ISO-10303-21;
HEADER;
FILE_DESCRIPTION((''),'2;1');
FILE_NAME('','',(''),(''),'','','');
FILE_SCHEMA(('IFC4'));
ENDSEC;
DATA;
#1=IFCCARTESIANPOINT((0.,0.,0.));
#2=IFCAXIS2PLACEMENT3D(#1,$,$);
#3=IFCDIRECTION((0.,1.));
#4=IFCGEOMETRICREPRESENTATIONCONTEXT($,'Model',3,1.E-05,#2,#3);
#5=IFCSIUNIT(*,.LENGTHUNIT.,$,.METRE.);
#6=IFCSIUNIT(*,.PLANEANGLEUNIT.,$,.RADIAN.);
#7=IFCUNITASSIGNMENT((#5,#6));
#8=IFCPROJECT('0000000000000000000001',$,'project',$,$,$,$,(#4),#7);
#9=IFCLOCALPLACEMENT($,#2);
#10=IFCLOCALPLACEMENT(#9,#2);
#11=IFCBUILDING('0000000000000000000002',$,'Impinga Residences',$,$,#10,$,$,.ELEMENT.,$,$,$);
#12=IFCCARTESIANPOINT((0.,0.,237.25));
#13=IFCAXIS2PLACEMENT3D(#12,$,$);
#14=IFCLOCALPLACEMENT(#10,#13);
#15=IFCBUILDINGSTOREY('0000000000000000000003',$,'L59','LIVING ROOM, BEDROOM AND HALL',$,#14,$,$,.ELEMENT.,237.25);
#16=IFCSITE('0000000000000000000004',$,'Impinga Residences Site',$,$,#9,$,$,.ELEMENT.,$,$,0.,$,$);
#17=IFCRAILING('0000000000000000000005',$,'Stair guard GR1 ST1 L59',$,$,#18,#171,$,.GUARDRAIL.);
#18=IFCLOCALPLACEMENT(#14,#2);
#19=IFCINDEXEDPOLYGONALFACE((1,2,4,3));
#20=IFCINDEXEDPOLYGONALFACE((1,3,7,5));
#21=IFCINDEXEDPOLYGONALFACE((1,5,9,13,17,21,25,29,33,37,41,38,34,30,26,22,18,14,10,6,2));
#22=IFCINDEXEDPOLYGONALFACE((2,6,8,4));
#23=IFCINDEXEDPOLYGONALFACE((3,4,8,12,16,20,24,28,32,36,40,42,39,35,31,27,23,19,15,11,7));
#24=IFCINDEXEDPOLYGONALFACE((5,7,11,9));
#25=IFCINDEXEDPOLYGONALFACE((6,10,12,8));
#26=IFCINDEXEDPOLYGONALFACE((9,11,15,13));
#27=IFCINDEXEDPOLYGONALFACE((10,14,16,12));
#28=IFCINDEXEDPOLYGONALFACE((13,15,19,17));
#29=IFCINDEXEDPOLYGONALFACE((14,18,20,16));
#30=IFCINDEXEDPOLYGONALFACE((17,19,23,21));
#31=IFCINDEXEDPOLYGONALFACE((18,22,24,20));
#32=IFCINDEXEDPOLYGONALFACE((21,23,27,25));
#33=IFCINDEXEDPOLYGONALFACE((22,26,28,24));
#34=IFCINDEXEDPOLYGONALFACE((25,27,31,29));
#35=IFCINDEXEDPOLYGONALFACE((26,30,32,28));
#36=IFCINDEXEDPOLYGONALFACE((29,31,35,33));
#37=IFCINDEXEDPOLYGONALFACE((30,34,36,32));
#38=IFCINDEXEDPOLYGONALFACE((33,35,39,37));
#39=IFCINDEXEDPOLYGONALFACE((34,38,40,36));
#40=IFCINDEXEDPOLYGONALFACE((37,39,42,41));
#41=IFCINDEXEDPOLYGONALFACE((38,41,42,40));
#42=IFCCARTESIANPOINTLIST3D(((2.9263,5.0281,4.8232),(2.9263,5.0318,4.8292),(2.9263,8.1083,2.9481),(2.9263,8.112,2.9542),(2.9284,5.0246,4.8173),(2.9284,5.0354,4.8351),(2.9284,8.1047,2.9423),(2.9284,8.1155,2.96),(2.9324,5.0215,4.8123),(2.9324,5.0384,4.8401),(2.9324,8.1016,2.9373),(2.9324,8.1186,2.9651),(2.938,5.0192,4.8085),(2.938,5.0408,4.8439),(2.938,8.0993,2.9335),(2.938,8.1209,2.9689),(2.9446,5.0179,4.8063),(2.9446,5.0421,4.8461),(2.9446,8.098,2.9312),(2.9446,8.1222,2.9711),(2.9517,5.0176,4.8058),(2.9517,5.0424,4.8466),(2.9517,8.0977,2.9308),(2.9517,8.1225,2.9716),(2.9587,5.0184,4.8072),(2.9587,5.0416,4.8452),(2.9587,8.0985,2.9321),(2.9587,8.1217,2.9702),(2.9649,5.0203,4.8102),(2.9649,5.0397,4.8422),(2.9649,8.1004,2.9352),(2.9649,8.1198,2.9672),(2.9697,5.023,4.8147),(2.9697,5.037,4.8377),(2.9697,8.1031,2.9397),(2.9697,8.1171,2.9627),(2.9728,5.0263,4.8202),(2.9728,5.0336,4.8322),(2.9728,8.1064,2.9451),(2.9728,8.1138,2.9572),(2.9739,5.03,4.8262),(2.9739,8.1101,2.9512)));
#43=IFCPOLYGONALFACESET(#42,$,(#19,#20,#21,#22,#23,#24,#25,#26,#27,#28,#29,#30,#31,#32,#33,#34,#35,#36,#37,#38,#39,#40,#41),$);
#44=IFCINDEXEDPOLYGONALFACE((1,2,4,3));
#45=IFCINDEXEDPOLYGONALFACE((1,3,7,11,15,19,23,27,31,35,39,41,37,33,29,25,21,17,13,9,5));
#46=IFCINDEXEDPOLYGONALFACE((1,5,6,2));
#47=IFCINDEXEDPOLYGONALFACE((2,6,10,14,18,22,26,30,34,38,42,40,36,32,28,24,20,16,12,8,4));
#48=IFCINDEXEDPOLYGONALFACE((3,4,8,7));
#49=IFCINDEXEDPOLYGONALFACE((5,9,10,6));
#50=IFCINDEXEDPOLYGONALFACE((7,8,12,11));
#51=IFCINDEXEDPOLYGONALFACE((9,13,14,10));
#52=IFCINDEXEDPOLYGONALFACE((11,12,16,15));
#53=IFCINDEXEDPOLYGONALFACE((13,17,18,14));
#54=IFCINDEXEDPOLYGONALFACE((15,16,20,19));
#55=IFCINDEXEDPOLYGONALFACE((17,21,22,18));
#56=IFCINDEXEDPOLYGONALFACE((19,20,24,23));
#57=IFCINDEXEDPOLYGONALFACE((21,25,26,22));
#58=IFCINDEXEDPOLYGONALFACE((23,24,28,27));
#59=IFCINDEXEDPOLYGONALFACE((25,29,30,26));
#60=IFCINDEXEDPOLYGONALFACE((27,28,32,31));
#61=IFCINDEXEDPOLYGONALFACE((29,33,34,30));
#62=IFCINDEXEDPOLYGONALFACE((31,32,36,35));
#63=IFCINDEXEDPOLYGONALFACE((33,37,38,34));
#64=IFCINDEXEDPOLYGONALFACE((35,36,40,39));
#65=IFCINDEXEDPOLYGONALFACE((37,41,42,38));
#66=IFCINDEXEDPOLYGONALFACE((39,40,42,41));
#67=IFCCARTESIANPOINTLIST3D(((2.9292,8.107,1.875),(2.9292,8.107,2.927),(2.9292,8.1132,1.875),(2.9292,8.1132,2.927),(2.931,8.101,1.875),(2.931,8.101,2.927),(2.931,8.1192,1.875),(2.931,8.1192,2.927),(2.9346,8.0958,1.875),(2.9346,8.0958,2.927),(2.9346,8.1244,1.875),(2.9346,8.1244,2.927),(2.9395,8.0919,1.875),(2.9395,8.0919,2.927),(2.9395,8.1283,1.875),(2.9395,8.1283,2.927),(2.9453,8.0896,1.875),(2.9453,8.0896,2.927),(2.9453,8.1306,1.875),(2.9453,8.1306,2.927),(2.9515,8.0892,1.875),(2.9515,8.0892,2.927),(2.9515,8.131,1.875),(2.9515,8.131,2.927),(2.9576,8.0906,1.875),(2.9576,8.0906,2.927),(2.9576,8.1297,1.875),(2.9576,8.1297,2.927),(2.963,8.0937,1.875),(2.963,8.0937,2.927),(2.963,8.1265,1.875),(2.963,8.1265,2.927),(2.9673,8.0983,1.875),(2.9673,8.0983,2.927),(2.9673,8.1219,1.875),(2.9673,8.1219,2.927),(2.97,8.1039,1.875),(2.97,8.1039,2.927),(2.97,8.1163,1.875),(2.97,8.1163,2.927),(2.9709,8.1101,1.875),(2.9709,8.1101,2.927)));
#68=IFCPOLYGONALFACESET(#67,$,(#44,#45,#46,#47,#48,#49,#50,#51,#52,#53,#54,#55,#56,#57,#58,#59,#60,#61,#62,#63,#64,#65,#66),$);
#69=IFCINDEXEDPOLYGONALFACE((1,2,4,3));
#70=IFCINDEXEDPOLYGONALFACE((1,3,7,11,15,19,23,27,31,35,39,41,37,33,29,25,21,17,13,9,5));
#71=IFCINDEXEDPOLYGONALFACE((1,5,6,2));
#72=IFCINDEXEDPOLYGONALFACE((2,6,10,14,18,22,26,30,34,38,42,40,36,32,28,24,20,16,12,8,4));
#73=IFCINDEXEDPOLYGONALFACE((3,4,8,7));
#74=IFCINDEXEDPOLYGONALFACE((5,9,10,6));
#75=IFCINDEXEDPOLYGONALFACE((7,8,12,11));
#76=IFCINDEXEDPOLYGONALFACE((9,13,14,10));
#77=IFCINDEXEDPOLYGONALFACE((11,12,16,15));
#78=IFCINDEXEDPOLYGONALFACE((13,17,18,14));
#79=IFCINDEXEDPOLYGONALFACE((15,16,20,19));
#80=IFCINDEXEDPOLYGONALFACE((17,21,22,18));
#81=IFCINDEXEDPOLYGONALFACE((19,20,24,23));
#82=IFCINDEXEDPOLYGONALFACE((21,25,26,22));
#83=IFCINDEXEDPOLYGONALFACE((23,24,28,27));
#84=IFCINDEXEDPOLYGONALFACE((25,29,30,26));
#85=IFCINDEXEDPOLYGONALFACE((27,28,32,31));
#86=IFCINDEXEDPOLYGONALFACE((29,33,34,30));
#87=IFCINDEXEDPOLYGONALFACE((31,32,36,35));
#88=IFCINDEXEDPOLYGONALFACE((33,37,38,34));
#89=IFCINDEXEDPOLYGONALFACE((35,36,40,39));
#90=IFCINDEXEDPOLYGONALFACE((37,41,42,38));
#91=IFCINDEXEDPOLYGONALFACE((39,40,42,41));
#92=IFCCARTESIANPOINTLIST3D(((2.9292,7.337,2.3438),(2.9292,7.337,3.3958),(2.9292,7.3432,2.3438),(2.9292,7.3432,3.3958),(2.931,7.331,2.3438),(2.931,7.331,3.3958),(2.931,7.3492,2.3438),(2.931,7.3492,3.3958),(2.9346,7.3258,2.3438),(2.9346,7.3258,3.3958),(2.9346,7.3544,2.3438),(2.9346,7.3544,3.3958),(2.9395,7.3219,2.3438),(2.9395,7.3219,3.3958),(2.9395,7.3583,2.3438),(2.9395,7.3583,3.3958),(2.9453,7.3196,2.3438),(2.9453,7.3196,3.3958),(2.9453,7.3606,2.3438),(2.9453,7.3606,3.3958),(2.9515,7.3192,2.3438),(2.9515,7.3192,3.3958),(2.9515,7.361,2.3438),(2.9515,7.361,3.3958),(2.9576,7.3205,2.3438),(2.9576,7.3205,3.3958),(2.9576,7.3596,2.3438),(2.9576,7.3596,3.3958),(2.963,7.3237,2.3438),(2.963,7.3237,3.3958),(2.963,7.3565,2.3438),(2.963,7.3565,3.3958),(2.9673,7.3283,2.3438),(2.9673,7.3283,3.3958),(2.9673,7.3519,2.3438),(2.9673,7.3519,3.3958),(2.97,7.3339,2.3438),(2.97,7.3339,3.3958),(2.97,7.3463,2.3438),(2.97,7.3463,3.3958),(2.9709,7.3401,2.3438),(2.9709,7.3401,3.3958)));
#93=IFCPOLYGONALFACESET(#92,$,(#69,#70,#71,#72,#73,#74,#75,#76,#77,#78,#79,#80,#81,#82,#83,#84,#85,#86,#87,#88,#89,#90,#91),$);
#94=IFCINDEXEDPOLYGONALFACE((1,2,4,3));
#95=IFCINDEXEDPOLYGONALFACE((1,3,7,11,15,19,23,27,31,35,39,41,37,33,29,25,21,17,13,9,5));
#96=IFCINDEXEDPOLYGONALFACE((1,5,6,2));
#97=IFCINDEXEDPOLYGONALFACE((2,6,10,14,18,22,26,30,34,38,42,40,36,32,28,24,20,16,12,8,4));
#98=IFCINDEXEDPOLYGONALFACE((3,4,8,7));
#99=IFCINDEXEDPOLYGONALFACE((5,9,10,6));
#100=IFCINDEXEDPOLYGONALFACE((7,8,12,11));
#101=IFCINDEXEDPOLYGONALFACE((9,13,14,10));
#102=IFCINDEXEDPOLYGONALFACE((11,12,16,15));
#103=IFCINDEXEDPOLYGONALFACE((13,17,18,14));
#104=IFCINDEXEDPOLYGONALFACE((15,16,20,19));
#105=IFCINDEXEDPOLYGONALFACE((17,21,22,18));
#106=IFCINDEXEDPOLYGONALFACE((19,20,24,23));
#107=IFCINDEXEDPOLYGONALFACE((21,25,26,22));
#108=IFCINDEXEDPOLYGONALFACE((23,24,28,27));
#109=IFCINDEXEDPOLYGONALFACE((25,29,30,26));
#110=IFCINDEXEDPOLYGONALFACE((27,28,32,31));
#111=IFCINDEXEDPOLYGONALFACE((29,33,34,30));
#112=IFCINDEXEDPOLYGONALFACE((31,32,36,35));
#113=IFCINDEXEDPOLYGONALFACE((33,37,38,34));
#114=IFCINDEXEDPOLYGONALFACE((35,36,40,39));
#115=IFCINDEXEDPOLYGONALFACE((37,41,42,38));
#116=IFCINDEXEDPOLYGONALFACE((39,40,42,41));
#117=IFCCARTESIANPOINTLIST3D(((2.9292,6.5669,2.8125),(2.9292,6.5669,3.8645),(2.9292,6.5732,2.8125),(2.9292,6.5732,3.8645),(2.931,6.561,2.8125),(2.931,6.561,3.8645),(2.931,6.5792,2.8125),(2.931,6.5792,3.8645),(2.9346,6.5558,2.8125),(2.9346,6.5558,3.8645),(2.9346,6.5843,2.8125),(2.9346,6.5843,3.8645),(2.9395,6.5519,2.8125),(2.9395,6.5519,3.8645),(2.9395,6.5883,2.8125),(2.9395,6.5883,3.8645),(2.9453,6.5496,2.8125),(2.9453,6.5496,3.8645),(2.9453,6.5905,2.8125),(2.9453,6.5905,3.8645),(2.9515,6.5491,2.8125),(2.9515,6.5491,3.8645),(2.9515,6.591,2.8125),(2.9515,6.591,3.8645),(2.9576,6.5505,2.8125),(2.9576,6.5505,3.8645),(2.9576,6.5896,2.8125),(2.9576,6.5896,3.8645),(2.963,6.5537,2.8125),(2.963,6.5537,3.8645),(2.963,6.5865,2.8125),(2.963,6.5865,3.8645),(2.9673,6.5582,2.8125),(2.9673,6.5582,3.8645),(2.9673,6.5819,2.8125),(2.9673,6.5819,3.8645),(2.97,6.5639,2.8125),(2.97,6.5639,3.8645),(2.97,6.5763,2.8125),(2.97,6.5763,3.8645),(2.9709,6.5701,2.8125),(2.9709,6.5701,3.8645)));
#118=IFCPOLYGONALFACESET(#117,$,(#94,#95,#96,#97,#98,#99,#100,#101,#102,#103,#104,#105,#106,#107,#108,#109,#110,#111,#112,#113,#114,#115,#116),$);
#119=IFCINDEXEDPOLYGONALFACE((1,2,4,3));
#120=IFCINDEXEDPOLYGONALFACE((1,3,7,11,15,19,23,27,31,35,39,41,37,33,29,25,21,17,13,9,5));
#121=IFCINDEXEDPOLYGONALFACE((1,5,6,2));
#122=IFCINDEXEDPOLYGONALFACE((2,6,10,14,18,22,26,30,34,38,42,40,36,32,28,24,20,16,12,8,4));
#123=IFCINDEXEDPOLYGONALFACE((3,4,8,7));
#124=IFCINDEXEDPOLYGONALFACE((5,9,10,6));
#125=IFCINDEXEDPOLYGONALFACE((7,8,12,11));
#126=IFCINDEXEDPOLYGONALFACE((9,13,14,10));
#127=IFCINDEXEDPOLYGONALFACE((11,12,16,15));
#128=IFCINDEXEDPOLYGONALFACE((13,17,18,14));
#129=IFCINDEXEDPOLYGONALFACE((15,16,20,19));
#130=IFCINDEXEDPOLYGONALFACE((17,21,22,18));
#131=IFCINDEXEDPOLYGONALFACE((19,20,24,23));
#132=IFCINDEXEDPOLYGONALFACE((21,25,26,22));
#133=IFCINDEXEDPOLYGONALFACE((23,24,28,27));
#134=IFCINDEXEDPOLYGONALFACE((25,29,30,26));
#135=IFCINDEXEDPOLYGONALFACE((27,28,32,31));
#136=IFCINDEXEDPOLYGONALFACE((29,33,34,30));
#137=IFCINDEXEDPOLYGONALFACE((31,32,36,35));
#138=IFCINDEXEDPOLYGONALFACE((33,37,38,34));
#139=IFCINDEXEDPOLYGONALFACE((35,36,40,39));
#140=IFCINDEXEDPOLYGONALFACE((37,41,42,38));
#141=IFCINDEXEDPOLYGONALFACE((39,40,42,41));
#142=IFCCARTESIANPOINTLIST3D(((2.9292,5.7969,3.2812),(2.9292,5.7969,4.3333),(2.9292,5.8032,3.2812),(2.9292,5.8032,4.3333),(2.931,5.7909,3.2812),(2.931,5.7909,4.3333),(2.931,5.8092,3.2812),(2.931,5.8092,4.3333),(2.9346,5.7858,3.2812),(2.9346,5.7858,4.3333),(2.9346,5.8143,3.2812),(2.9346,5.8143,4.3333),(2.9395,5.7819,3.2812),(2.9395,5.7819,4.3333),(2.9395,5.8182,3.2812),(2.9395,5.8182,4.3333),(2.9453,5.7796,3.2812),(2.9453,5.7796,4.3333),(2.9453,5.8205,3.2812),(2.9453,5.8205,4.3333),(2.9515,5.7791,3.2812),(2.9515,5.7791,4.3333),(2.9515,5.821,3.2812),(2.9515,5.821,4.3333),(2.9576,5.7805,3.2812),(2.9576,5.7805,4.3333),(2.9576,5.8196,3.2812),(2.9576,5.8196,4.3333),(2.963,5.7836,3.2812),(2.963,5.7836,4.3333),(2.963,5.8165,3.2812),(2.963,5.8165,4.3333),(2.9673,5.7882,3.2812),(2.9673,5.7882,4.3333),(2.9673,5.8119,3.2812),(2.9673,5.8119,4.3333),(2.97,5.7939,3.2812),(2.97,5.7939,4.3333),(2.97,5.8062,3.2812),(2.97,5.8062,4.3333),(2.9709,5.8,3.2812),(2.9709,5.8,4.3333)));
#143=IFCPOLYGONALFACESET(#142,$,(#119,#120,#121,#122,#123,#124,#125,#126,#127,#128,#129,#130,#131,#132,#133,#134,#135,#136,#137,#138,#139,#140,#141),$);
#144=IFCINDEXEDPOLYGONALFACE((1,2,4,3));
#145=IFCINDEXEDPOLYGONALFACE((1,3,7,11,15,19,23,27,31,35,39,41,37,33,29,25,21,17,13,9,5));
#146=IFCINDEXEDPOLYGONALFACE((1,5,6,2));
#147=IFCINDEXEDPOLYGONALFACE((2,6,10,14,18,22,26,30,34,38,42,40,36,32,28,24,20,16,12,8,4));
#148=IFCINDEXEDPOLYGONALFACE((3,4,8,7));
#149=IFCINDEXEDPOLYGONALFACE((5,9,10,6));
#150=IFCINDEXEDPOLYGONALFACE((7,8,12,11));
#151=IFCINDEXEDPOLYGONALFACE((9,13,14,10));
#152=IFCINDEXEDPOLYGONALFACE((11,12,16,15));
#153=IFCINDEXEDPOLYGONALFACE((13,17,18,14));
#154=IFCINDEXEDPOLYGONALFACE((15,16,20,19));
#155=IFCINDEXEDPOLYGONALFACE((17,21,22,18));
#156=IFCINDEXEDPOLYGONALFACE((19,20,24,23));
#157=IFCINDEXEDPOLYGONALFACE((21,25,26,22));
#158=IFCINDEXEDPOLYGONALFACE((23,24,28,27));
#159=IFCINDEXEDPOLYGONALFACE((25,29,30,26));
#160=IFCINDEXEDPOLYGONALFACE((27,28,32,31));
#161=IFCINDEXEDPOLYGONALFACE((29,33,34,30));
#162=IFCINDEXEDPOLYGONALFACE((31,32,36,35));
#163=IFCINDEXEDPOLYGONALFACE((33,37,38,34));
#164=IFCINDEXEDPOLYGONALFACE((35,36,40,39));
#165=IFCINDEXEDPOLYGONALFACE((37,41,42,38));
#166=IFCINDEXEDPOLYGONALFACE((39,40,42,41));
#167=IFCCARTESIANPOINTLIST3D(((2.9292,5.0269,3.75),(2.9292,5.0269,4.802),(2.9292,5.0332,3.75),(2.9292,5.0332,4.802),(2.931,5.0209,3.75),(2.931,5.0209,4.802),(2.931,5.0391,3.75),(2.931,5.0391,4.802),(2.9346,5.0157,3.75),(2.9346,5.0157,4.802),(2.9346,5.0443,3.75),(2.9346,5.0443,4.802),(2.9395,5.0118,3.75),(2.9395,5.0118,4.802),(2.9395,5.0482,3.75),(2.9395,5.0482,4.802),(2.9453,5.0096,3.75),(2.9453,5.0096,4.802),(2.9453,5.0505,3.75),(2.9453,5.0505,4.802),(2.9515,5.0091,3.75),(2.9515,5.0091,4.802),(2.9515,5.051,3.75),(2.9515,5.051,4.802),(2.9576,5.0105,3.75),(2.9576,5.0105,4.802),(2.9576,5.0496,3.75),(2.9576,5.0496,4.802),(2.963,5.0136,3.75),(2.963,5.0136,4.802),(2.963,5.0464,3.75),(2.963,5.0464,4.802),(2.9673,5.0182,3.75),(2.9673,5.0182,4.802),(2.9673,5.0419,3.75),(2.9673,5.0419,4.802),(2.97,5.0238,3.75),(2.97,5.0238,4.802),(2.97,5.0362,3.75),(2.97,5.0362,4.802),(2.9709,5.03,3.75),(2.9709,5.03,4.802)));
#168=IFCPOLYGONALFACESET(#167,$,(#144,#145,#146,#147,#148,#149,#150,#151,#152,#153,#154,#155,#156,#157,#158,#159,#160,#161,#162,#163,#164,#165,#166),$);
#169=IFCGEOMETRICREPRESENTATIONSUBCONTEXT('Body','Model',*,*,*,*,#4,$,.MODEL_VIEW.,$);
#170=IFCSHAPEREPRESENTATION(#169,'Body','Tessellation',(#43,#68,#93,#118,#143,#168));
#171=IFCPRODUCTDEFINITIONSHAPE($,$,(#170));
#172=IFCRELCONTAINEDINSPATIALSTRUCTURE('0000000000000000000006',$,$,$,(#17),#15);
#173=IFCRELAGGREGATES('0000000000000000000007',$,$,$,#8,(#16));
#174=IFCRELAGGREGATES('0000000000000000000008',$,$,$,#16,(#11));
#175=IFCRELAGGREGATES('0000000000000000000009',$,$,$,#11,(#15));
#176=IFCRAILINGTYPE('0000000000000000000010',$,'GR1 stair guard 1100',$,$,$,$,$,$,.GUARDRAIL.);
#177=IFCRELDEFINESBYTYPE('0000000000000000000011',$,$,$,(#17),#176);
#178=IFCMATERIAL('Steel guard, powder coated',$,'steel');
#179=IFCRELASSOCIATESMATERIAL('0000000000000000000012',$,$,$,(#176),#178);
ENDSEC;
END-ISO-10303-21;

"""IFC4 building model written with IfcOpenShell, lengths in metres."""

from ifc_helpers import new_model, si_unit, direction, frame, origin, origin_2d, place, context, subcontext, project, spatial, circle, extrude, material, type_object, element, save


model = new_model("IFC4")

# Units and contexts
model_context = context("Model", 3, precision=1e-05, world=origin(), true_north=direction((0.0, 1.0)))
body_context = subcontext(model_context, "Body", "Model", "MODEL_VIEW")
ifc_project = project(units=[si_unit("LENGTHUNIT", "METRE"), si_unit("PLANEANGLEUNIT", "RADIAN")], contexts=[model_context])

# Site, building, storey
site_placement = place(None, origin())
site = spatial("IfcSite", under=ifc_project, at=site_placement, Name="Impinga Residences Site", CompositionType="ELEMENT", RefElevation=0.0)
building_placement = place(site_placement, origin())
building = spatial("IfcBuilding", under=site, at=building_placement, Name="Impinga Residences", CompositionType="ELEMENT")
storey_placement = place(building_placement, frame((0.0, 0.0, 237.25)))
storey = spatial("IfcBuildingStorey", under=building, at=storey_placement, Name="L59", Description="LIVING ROOM, BEDROOM AND HALL", CompositionType="ELEMENT", Elevation=237.25)

# Railing
ifc_material_1 = material(Name="Steel guard, powder coated", Category="steel")
railing_type_1 = type_object("IfcRailingType", Name="GR1 stair guard 1100", PredefinedType="GUARDRAIL", material=ifc_material_1)
railing_1_placement = place(storey_placement, frame((2.95, 8.1101, 1.875)))
element("IfcRailing", 1, at=railing_1_placement, inside=storey, type_object=railing_type_1, Name="Stair guard GR1 ST1 L59", PredefinedType="GUARDRAIL", context=body_context, shape_type="SweptSolid", body=[
    extrude(circle(Radius=0.0239, at=origin_2d()), frame((0.0, 0.0, 1.0762), z_axis=(0.0, -0.854178, 0.519981), x_axis=(1.0, 0.0, 0.0)), (0.0, 0.0, 1.0), 3.606),
    extrude(circle(Radius=0.021, at=origin_2d()), origin(), (0.0, 0.0, 1.0), 1.052),
    extrude(circle(Radius=0.021, at=origin_2d()), frame((0.0, -0.77, 0.4688)), (0.0, 0.0, 1.0), 1.052),
    extrude(circle(Radius=0.021, at=origin_2d()), frame((0.0, -1.54, 0.9375)), (0.0, 0.0, 1.0), 1.052),
    extrude(circle(Radius=0.021, at=origin_2d()), frame((0.0, -2.3101, 1.4062)), (0.0, 0.0, 1.0), 1.052),
    extrude(circle(Radius=0.021, at=origin_2d()), frame((0.0, -3.0801, 1.875)), (0.0, 0.0, 1.0), 1.052),
])

save(model, "model.ifc")
